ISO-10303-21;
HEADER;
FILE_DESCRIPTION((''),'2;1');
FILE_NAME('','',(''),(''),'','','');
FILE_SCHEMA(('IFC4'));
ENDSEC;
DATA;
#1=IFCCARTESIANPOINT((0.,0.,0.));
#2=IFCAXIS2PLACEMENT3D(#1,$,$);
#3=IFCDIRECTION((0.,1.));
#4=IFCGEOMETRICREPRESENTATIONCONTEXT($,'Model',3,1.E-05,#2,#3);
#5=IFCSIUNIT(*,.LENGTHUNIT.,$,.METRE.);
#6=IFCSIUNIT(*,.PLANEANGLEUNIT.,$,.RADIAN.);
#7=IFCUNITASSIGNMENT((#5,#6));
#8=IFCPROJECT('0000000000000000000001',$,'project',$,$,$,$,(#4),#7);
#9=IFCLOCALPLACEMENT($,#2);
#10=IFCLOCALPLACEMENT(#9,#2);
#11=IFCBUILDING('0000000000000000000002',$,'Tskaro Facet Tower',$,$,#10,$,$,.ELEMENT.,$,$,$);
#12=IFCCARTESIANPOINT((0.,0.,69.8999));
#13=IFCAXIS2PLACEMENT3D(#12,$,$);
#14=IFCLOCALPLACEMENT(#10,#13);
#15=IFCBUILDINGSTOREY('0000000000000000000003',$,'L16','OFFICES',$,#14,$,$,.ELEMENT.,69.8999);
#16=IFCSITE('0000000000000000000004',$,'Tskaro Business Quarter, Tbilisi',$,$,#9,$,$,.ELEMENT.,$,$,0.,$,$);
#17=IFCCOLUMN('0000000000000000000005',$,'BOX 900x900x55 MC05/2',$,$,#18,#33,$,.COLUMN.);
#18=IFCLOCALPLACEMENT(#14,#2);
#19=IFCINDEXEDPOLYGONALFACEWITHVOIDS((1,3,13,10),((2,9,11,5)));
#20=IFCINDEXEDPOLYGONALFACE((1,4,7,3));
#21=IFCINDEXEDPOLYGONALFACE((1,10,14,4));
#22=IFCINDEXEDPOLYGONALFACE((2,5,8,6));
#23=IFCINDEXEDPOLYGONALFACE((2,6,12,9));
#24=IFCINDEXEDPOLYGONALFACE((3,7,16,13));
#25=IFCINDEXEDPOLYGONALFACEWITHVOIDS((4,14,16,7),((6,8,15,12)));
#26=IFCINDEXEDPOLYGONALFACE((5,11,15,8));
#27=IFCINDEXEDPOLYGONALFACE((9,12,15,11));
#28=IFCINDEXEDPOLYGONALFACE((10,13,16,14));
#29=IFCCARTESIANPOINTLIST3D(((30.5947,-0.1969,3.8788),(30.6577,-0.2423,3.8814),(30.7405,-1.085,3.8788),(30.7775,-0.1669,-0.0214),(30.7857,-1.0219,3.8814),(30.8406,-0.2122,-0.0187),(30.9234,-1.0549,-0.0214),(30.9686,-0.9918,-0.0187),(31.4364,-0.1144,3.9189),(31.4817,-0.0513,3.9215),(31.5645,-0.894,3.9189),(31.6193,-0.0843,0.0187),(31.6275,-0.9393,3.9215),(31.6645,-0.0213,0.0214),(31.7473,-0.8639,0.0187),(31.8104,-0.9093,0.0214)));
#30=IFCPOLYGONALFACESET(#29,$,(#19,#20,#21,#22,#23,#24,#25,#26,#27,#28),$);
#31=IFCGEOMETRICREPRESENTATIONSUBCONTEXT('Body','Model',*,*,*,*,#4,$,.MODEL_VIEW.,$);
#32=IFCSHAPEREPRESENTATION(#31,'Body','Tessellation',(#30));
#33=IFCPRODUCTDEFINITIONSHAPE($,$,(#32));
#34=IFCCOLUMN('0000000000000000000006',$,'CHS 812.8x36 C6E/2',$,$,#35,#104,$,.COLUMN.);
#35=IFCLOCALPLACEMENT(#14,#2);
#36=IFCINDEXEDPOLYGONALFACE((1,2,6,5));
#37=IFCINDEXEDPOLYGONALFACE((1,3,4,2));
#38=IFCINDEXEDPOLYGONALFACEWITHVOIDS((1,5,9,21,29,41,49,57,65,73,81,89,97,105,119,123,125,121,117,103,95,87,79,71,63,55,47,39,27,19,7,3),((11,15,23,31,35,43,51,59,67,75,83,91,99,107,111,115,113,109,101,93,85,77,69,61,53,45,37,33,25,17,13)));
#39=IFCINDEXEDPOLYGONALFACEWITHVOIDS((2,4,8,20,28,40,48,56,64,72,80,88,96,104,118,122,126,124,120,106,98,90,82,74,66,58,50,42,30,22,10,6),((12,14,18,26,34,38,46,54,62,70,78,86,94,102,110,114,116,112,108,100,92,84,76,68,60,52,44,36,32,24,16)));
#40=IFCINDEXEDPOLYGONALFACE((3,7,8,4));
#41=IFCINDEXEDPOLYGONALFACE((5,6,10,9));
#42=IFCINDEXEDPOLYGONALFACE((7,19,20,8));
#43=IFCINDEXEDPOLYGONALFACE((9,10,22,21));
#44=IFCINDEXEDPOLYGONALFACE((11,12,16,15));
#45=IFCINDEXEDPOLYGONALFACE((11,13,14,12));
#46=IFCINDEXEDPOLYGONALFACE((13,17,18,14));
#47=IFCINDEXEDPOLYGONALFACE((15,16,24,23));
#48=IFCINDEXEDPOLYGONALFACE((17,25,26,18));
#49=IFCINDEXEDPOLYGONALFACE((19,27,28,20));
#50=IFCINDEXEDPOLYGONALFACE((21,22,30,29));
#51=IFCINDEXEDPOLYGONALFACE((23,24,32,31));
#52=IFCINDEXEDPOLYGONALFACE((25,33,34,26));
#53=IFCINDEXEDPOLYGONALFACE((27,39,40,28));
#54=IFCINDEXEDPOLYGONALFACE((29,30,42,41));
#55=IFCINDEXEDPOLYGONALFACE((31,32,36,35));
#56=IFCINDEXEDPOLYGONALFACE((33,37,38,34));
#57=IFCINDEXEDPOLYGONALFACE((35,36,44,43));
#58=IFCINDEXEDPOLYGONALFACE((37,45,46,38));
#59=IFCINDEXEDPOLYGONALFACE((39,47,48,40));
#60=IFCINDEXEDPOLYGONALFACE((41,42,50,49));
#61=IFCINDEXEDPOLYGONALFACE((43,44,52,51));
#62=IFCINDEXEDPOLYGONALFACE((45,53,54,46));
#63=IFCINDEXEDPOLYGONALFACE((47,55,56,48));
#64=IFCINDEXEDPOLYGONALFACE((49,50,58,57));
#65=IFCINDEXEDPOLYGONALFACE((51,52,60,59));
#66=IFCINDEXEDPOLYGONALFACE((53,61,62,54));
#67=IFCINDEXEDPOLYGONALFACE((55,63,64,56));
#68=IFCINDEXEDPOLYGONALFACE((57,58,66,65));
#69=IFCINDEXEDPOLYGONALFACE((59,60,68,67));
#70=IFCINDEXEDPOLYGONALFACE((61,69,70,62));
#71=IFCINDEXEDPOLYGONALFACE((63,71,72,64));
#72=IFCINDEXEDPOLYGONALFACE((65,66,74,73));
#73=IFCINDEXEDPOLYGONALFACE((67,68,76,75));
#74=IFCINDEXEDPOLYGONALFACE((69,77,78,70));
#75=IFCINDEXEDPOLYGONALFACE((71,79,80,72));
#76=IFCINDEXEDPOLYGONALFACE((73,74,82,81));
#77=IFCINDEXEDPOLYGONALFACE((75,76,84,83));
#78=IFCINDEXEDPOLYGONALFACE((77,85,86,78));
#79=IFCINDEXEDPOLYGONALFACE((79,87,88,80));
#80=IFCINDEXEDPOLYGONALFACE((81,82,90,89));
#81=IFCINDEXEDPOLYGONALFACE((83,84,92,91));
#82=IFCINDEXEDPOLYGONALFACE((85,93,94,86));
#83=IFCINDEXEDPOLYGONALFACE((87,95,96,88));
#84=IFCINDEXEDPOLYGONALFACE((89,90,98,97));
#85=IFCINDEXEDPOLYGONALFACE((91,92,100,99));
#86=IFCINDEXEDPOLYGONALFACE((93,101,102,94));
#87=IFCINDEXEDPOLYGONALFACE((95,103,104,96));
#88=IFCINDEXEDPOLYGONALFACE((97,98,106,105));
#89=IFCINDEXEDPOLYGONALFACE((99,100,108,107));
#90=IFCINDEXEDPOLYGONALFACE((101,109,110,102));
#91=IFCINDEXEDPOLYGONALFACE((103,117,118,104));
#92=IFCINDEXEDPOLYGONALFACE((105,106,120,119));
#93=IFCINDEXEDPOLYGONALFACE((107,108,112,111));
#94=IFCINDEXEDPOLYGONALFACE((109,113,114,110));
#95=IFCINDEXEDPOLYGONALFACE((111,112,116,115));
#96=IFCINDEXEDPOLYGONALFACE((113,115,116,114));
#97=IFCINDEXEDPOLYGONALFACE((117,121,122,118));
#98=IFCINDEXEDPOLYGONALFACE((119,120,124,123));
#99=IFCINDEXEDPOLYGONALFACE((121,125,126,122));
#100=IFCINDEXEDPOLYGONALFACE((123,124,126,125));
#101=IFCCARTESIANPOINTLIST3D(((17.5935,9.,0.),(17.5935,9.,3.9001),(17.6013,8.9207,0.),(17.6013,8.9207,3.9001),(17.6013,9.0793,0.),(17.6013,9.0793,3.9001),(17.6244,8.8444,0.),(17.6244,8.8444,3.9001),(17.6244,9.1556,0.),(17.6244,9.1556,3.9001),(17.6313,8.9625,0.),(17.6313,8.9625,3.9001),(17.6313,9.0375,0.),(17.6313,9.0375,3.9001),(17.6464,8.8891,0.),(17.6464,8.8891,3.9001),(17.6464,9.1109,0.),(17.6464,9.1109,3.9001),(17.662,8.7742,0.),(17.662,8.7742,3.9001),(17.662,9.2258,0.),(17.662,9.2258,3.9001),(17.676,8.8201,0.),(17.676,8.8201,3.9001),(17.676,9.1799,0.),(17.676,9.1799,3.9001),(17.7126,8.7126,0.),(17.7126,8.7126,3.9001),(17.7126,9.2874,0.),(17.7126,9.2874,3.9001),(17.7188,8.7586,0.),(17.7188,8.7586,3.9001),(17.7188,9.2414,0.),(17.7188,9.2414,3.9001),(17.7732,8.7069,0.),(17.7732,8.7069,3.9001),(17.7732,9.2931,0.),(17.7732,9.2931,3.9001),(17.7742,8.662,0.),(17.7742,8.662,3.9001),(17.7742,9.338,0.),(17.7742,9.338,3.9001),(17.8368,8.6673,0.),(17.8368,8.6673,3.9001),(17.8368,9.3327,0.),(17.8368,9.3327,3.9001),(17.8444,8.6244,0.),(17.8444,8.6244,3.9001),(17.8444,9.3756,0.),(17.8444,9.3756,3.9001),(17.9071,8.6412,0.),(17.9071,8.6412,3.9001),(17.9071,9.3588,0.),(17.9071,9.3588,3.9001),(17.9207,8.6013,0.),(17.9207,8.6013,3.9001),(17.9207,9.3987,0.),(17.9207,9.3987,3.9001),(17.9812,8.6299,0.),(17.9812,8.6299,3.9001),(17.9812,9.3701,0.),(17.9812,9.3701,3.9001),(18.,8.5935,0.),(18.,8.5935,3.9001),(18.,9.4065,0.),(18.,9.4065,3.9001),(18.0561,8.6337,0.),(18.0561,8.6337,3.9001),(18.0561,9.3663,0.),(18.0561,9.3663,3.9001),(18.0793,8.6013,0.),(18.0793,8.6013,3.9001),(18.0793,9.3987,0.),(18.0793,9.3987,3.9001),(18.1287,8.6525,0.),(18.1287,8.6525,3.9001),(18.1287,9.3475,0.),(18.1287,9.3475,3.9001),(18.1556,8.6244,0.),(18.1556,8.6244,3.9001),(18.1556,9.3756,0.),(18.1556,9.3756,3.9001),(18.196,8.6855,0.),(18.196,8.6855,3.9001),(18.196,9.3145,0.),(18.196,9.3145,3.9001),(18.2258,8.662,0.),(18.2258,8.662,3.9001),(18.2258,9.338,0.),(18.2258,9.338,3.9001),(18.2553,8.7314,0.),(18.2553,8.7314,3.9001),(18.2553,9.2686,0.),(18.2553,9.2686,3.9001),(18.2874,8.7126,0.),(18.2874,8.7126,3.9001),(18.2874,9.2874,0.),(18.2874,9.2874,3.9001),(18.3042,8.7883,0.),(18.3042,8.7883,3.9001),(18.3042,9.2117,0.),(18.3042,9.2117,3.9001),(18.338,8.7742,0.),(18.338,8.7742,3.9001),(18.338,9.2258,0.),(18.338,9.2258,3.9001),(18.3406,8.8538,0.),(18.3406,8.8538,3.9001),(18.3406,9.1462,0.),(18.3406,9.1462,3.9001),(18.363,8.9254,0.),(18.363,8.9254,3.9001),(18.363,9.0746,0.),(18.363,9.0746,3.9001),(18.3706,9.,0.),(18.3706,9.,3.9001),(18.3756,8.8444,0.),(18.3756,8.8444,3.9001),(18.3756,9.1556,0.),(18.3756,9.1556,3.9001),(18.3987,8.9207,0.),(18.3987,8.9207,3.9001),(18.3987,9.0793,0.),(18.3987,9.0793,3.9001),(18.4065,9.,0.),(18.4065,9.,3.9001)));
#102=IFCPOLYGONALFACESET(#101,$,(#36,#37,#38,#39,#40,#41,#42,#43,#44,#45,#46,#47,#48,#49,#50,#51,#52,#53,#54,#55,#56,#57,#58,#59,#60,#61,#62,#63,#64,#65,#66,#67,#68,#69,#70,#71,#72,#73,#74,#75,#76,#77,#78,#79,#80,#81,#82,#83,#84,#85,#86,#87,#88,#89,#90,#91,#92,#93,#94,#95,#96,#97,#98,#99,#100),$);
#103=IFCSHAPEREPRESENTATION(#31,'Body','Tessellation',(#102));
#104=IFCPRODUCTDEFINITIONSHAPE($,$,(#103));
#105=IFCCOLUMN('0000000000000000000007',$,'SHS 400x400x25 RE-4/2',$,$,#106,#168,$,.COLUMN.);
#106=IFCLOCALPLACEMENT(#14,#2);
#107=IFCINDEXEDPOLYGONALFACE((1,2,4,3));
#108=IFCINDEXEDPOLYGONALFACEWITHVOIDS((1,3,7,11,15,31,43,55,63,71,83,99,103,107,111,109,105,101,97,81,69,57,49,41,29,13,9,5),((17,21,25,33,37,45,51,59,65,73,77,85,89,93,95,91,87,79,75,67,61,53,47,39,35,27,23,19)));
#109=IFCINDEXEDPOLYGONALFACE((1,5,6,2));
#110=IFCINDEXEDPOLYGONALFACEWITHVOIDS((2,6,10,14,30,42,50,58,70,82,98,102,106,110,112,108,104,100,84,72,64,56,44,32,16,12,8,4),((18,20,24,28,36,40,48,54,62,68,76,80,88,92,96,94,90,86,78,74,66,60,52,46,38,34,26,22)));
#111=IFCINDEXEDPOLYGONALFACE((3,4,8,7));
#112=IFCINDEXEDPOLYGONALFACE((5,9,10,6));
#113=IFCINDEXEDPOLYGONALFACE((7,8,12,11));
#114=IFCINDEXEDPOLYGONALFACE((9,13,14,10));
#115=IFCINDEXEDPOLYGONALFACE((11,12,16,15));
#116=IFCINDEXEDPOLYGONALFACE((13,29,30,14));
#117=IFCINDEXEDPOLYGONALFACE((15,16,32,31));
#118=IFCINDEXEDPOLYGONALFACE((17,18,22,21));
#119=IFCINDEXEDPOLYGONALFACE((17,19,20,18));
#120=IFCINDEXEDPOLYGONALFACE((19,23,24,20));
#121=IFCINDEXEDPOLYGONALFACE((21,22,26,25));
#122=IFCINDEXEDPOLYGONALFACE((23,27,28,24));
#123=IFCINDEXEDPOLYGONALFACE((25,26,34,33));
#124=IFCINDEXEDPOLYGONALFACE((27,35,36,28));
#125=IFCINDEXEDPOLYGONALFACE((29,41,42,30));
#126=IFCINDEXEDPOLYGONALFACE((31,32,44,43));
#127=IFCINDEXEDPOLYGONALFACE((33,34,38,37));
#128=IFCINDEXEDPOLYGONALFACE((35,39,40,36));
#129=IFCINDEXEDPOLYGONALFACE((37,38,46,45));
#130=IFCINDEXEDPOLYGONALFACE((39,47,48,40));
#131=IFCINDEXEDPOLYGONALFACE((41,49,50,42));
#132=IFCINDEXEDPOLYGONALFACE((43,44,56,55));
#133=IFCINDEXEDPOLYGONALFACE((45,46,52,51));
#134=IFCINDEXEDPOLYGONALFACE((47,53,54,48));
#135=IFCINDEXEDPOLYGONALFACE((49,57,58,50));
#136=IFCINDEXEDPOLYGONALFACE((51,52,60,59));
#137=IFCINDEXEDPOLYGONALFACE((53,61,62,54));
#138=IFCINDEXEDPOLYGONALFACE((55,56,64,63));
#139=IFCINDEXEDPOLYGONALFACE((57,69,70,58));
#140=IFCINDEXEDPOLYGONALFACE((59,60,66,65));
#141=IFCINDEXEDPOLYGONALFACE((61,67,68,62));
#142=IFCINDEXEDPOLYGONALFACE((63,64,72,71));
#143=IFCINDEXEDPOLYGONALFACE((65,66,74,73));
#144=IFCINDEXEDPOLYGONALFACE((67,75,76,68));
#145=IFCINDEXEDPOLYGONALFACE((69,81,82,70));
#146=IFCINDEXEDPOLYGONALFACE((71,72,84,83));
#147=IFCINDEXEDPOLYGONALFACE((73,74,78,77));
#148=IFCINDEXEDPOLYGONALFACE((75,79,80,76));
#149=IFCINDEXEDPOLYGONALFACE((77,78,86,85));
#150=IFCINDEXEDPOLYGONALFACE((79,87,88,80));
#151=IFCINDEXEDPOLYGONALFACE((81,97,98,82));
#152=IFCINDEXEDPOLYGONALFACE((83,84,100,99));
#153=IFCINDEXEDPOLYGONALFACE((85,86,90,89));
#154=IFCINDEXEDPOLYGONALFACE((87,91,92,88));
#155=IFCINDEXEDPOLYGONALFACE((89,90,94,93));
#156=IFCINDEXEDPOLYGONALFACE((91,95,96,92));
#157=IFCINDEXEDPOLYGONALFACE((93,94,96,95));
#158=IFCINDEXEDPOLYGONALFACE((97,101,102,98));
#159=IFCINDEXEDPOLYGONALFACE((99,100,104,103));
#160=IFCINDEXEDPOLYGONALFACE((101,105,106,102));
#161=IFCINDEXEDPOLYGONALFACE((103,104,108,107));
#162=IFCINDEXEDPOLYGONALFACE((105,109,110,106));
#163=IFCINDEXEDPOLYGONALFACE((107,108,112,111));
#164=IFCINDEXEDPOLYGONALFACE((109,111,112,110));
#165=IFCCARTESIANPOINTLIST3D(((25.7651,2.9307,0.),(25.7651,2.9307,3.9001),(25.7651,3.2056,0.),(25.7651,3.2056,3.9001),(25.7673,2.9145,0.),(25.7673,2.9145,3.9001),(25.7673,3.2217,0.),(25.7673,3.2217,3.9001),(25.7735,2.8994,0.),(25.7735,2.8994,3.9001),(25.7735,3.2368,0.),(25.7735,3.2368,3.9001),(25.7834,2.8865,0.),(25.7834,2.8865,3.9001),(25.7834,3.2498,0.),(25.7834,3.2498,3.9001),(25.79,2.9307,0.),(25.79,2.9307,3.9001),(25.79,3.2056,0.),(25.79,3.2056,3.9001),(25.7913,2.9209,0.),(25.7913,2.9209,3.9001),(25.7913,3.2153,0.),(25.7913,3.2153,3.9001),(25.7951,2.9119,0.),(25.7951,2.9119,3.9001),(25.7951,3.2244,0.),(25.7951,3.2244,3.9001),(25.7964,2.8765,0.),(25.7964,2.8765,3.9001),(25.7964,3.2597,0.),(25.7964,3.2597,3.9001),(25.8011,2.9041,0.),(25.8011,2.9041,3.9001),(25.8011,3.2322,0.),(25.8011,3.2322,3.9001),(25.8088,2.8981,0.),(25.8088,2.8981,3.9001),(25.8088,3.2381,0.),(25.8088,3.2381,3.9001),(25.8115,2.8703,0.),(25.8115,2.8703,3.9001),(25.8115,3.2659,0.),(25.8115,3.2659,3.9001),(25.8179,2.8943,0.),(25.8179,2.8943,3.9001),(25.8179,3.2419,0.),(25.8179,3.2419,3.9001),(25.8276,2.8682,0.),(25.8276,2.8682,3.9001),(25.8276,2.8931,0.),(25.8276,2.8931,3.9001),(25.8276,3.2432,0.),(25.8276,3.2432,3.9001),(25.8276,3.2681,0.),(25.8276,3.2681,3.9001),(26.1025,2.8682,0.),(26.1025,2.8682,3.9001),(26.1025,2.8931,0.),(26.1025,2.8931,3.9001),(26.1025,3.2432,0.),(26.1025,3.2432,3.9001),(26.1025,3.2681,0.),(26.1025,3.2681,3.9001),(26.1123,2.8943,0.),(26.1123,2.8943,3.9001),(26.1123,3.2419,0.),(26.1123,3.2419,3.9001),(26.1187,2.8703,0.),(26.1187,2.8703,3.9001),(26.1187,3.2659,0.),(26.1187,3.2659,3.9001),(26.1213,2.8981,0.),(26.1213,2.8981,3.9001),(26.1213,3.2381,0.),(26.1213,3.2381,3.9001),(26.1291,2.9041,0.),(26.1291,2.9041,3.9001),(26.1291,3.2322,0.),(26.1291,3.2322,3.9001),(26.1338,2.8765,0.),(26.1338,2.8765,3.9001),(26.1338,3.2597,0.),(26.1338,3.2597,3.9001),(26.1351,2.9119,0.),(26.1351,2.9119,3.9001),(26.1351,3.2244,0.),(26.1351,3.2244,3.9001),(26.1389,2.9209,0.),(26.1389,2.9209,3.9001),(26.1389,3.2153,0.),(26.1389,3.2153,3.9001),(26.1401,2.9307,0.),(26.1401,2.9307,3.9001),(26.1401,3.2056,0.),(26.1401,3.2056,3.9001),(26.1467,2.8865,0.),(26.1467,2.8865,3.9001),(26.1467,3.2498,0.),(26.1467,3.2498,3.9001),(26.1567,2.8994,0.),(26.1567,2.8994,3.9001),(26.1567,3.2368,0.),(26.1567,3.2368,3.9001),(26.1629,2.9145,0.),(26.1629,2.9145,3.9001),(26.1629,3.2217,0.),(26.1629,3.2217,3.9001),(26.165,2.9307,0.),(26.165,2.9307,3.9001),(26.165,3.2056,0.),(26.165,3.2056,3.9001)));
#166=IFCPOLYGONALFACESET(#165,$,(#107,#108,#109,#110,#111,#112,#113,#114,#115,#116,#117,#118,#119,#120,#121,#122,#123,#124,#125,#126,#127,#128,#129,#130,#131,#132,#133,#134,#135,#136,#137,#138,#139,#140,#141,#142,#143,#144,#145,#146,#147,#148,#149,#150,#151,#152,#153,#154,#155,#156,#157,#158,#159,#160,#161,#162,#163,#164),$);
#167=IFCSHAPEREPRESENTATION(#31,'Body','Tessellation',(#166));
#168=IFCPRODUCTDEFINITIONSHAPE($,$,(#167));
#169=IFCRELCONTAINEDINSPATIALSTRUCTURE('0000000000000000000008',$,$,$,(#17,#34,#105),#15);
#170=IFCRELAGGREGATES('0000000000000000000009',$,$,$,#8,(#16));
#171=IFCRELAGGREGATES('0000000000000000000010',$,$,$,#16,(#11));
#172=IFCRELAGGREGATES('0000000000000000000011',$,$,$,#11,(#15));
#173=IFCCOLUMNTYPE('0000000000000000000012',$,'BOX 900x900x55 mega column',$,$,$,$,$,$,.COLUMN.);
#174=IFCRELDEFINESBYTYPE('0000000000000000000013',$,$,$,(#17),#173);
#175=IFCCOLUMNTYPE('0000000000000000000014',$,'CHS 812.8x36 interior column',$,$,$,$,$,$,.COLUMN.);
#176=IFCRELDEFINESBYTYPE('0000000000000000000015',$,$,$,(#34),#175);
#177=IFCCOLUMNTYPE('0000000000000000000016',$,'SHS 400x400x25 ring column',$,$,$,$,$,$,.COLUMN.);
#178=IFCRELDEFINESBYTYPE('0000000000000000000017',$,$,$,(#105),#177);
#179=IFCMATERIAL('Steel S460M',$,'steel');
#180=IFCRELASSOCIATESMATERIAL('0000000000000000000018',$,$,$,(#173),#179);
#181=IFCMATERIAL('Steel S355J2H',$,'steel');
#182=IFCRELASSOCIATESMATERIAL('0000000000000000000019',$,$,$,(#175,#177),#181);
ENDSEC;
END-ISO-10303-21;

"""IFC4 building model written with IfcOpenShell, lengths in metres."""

from ifc_helpers import new_model, si_unit, direction, frame, origin, origin_2d, place, context, subcontext, project, spatial, hollow_rectangle, hollow_circle, extrude, material, material_profile, profile_set, type_object, element, save


model = new_model("IFC4")

# Units and contexts
model_context = context("Model", 3, precision=1e-05, world=origin(), true_north=direction((0.0, 1.0)))
body_context = subcontext(model_context, "Body", "Model", "MODEL_VIEW")
ifc_project = project(units=[si_unit("LENGTHUNIT", "METRE"), si_unit("PLANEANGLEUNIT", "RADIAN")], contexts=[model_context])

# Site, building, storey
site_placement = place(None, origin())
site = spatial("IfcSite", under=ifc_project, at=site_placement, Name="Tskaro Business Quarter, Tbilisi", CompositionType="ELEMENT", RefElevation=0.0)
building_placement = place(site_placement, origin())
building = spatial("IfcBuilding", under=site, at=building_placement, Name="Tskaro Facet Tower", CompositionType="ELEMENT")
storey_placement = place(building_placement, frame((0.0, 0.0, 69.8999)))
storey = spatial("IfcBuildingStorey", under=building, at=storey_placement, Name="L16", Description="OFFICES", CompositionType="ELEMENT", Elevation=69.8999)

# Columns
ifc_material_1 = material(Name="Steel S460M", Category="steel")
ifc_material_profile_1 = material_profile(ifc_material_1, hollow_rectangle(XDim=0.8999, YDim=0.8999, WallThickness=0.0549, at=origin_2d()), Name="BOX 900x900x55")
ifc_profile_set_1 = profile_set([ifc_material_profile_1], Name="Steel S460M")
column_type_1 = type_object("IfcColumnType", Name="BOX 900x900x55 mega column", PredefinedType="COLUMN", material=ifc_profile_set_1)
column_1_placement = place(storey_placement, frame((31.2939, -0.5381, 0.0), z_axis=(-0.046833, -0.007691, 0.998873), x_axis=(0.162048, -0.986783, 0.0)))
element("IfcColumn", 1, at=column_1_placement, inside=storey, type_object=column_type_1, Name="BOX 900x900x55 MC05/2", PredefinedType="COLUMN", context=body_context, shape_type="SweptSolid", body=[
    extrude(hollow_rectangle(XDim=0.8999, YDim=0.8999, WallThickness=0.0549, at=origin_2d()), origin(), (0.0, 0.0, 1.0), 3.9045),
])
ifc_material_2 = material(Name="Steel S355J2H", Category="steel")
ifc_material_profile_2 = material_profile(ifc_material_2, hollow_circle(Radius=0.4065, WallThickness=0.0359, at=origin_2d()), Name="CHS 812.8x36")
ifc_profile_set_2 = profile_set([ifc_material_profile_2], Name="Steel S355J2H")
column_type_2 = type_object("IfcColumnType", Name="CHS 812.8x36 interior column", PredefinedType="COLUMN", material=ifc_profile_set_2)
column_2_placement = place(storey_placement, frame((18.0, 9.0, 0.0), z_axis=(0.0, 0.0, 1.0), x_axis=(1.0, 0.0, 0.0)))
element("IfcColumn", 2, at=column_2_placement, inside=storey, type_object=column_type_2, Name="CHS 812.8x36 C6E/2", PredefinedType="COLUMN", context=body_context, shape_type="SweptSolid", body=[
    extrude(hollow_circle(Radius=0.4065, WallThickness=0.0359, at=origin_2d()), origin(), (0.0, 0.0, 1.0), 3.9001),
])
ifc_material_profile_3 = material_profile(ifc_material_2, hollow_rectangle(XDim=0.3999, YDim=0.3999, WallThickness=0.0249, InnerFilletRadius=0.0376, OuterFilletRadius=0.0625, at=origin_2d()), Name="SHS 400x400x25")
ifc_profile_set_3 = profile_set([ifc_material_profile_3], Name="Steel S355J2H")
column_type_3 = type_object("IfcColumnType", Name="SHS 400x400x25 ring column", PredefinedType="COLUMN", material=ifc_profile_set_3)
for number, where, z_axis, x_axis, name in (
    (3, (25.9651, 3.0681, 0.0), (0.0, 0.0, 1.0), (1.0, 0.0, 0.0), "SHS 400x400x25 RE-4/2"),
):
    element("IfcColumn", number, at=place(storey_placement, frame(where, z_axis=z_axis, x_axis=x_axis)), inside=storey, type_object=column_type_3, Name=name, PredefinedType="COLUMN", context=body_context, shape_type="SweptSolid", body=[
        extrude(hollow_rectangle(XDim=0.3999, YDim=0.3999, WallThickness=0.0249, InnerFilletRadius=0.0376, OuterFilletRadius=0.0625, at=origin_2d()), origin(), (0.0, 0.0, 1.0), 3.9001),
    ])

save(model, "model.ifc")
